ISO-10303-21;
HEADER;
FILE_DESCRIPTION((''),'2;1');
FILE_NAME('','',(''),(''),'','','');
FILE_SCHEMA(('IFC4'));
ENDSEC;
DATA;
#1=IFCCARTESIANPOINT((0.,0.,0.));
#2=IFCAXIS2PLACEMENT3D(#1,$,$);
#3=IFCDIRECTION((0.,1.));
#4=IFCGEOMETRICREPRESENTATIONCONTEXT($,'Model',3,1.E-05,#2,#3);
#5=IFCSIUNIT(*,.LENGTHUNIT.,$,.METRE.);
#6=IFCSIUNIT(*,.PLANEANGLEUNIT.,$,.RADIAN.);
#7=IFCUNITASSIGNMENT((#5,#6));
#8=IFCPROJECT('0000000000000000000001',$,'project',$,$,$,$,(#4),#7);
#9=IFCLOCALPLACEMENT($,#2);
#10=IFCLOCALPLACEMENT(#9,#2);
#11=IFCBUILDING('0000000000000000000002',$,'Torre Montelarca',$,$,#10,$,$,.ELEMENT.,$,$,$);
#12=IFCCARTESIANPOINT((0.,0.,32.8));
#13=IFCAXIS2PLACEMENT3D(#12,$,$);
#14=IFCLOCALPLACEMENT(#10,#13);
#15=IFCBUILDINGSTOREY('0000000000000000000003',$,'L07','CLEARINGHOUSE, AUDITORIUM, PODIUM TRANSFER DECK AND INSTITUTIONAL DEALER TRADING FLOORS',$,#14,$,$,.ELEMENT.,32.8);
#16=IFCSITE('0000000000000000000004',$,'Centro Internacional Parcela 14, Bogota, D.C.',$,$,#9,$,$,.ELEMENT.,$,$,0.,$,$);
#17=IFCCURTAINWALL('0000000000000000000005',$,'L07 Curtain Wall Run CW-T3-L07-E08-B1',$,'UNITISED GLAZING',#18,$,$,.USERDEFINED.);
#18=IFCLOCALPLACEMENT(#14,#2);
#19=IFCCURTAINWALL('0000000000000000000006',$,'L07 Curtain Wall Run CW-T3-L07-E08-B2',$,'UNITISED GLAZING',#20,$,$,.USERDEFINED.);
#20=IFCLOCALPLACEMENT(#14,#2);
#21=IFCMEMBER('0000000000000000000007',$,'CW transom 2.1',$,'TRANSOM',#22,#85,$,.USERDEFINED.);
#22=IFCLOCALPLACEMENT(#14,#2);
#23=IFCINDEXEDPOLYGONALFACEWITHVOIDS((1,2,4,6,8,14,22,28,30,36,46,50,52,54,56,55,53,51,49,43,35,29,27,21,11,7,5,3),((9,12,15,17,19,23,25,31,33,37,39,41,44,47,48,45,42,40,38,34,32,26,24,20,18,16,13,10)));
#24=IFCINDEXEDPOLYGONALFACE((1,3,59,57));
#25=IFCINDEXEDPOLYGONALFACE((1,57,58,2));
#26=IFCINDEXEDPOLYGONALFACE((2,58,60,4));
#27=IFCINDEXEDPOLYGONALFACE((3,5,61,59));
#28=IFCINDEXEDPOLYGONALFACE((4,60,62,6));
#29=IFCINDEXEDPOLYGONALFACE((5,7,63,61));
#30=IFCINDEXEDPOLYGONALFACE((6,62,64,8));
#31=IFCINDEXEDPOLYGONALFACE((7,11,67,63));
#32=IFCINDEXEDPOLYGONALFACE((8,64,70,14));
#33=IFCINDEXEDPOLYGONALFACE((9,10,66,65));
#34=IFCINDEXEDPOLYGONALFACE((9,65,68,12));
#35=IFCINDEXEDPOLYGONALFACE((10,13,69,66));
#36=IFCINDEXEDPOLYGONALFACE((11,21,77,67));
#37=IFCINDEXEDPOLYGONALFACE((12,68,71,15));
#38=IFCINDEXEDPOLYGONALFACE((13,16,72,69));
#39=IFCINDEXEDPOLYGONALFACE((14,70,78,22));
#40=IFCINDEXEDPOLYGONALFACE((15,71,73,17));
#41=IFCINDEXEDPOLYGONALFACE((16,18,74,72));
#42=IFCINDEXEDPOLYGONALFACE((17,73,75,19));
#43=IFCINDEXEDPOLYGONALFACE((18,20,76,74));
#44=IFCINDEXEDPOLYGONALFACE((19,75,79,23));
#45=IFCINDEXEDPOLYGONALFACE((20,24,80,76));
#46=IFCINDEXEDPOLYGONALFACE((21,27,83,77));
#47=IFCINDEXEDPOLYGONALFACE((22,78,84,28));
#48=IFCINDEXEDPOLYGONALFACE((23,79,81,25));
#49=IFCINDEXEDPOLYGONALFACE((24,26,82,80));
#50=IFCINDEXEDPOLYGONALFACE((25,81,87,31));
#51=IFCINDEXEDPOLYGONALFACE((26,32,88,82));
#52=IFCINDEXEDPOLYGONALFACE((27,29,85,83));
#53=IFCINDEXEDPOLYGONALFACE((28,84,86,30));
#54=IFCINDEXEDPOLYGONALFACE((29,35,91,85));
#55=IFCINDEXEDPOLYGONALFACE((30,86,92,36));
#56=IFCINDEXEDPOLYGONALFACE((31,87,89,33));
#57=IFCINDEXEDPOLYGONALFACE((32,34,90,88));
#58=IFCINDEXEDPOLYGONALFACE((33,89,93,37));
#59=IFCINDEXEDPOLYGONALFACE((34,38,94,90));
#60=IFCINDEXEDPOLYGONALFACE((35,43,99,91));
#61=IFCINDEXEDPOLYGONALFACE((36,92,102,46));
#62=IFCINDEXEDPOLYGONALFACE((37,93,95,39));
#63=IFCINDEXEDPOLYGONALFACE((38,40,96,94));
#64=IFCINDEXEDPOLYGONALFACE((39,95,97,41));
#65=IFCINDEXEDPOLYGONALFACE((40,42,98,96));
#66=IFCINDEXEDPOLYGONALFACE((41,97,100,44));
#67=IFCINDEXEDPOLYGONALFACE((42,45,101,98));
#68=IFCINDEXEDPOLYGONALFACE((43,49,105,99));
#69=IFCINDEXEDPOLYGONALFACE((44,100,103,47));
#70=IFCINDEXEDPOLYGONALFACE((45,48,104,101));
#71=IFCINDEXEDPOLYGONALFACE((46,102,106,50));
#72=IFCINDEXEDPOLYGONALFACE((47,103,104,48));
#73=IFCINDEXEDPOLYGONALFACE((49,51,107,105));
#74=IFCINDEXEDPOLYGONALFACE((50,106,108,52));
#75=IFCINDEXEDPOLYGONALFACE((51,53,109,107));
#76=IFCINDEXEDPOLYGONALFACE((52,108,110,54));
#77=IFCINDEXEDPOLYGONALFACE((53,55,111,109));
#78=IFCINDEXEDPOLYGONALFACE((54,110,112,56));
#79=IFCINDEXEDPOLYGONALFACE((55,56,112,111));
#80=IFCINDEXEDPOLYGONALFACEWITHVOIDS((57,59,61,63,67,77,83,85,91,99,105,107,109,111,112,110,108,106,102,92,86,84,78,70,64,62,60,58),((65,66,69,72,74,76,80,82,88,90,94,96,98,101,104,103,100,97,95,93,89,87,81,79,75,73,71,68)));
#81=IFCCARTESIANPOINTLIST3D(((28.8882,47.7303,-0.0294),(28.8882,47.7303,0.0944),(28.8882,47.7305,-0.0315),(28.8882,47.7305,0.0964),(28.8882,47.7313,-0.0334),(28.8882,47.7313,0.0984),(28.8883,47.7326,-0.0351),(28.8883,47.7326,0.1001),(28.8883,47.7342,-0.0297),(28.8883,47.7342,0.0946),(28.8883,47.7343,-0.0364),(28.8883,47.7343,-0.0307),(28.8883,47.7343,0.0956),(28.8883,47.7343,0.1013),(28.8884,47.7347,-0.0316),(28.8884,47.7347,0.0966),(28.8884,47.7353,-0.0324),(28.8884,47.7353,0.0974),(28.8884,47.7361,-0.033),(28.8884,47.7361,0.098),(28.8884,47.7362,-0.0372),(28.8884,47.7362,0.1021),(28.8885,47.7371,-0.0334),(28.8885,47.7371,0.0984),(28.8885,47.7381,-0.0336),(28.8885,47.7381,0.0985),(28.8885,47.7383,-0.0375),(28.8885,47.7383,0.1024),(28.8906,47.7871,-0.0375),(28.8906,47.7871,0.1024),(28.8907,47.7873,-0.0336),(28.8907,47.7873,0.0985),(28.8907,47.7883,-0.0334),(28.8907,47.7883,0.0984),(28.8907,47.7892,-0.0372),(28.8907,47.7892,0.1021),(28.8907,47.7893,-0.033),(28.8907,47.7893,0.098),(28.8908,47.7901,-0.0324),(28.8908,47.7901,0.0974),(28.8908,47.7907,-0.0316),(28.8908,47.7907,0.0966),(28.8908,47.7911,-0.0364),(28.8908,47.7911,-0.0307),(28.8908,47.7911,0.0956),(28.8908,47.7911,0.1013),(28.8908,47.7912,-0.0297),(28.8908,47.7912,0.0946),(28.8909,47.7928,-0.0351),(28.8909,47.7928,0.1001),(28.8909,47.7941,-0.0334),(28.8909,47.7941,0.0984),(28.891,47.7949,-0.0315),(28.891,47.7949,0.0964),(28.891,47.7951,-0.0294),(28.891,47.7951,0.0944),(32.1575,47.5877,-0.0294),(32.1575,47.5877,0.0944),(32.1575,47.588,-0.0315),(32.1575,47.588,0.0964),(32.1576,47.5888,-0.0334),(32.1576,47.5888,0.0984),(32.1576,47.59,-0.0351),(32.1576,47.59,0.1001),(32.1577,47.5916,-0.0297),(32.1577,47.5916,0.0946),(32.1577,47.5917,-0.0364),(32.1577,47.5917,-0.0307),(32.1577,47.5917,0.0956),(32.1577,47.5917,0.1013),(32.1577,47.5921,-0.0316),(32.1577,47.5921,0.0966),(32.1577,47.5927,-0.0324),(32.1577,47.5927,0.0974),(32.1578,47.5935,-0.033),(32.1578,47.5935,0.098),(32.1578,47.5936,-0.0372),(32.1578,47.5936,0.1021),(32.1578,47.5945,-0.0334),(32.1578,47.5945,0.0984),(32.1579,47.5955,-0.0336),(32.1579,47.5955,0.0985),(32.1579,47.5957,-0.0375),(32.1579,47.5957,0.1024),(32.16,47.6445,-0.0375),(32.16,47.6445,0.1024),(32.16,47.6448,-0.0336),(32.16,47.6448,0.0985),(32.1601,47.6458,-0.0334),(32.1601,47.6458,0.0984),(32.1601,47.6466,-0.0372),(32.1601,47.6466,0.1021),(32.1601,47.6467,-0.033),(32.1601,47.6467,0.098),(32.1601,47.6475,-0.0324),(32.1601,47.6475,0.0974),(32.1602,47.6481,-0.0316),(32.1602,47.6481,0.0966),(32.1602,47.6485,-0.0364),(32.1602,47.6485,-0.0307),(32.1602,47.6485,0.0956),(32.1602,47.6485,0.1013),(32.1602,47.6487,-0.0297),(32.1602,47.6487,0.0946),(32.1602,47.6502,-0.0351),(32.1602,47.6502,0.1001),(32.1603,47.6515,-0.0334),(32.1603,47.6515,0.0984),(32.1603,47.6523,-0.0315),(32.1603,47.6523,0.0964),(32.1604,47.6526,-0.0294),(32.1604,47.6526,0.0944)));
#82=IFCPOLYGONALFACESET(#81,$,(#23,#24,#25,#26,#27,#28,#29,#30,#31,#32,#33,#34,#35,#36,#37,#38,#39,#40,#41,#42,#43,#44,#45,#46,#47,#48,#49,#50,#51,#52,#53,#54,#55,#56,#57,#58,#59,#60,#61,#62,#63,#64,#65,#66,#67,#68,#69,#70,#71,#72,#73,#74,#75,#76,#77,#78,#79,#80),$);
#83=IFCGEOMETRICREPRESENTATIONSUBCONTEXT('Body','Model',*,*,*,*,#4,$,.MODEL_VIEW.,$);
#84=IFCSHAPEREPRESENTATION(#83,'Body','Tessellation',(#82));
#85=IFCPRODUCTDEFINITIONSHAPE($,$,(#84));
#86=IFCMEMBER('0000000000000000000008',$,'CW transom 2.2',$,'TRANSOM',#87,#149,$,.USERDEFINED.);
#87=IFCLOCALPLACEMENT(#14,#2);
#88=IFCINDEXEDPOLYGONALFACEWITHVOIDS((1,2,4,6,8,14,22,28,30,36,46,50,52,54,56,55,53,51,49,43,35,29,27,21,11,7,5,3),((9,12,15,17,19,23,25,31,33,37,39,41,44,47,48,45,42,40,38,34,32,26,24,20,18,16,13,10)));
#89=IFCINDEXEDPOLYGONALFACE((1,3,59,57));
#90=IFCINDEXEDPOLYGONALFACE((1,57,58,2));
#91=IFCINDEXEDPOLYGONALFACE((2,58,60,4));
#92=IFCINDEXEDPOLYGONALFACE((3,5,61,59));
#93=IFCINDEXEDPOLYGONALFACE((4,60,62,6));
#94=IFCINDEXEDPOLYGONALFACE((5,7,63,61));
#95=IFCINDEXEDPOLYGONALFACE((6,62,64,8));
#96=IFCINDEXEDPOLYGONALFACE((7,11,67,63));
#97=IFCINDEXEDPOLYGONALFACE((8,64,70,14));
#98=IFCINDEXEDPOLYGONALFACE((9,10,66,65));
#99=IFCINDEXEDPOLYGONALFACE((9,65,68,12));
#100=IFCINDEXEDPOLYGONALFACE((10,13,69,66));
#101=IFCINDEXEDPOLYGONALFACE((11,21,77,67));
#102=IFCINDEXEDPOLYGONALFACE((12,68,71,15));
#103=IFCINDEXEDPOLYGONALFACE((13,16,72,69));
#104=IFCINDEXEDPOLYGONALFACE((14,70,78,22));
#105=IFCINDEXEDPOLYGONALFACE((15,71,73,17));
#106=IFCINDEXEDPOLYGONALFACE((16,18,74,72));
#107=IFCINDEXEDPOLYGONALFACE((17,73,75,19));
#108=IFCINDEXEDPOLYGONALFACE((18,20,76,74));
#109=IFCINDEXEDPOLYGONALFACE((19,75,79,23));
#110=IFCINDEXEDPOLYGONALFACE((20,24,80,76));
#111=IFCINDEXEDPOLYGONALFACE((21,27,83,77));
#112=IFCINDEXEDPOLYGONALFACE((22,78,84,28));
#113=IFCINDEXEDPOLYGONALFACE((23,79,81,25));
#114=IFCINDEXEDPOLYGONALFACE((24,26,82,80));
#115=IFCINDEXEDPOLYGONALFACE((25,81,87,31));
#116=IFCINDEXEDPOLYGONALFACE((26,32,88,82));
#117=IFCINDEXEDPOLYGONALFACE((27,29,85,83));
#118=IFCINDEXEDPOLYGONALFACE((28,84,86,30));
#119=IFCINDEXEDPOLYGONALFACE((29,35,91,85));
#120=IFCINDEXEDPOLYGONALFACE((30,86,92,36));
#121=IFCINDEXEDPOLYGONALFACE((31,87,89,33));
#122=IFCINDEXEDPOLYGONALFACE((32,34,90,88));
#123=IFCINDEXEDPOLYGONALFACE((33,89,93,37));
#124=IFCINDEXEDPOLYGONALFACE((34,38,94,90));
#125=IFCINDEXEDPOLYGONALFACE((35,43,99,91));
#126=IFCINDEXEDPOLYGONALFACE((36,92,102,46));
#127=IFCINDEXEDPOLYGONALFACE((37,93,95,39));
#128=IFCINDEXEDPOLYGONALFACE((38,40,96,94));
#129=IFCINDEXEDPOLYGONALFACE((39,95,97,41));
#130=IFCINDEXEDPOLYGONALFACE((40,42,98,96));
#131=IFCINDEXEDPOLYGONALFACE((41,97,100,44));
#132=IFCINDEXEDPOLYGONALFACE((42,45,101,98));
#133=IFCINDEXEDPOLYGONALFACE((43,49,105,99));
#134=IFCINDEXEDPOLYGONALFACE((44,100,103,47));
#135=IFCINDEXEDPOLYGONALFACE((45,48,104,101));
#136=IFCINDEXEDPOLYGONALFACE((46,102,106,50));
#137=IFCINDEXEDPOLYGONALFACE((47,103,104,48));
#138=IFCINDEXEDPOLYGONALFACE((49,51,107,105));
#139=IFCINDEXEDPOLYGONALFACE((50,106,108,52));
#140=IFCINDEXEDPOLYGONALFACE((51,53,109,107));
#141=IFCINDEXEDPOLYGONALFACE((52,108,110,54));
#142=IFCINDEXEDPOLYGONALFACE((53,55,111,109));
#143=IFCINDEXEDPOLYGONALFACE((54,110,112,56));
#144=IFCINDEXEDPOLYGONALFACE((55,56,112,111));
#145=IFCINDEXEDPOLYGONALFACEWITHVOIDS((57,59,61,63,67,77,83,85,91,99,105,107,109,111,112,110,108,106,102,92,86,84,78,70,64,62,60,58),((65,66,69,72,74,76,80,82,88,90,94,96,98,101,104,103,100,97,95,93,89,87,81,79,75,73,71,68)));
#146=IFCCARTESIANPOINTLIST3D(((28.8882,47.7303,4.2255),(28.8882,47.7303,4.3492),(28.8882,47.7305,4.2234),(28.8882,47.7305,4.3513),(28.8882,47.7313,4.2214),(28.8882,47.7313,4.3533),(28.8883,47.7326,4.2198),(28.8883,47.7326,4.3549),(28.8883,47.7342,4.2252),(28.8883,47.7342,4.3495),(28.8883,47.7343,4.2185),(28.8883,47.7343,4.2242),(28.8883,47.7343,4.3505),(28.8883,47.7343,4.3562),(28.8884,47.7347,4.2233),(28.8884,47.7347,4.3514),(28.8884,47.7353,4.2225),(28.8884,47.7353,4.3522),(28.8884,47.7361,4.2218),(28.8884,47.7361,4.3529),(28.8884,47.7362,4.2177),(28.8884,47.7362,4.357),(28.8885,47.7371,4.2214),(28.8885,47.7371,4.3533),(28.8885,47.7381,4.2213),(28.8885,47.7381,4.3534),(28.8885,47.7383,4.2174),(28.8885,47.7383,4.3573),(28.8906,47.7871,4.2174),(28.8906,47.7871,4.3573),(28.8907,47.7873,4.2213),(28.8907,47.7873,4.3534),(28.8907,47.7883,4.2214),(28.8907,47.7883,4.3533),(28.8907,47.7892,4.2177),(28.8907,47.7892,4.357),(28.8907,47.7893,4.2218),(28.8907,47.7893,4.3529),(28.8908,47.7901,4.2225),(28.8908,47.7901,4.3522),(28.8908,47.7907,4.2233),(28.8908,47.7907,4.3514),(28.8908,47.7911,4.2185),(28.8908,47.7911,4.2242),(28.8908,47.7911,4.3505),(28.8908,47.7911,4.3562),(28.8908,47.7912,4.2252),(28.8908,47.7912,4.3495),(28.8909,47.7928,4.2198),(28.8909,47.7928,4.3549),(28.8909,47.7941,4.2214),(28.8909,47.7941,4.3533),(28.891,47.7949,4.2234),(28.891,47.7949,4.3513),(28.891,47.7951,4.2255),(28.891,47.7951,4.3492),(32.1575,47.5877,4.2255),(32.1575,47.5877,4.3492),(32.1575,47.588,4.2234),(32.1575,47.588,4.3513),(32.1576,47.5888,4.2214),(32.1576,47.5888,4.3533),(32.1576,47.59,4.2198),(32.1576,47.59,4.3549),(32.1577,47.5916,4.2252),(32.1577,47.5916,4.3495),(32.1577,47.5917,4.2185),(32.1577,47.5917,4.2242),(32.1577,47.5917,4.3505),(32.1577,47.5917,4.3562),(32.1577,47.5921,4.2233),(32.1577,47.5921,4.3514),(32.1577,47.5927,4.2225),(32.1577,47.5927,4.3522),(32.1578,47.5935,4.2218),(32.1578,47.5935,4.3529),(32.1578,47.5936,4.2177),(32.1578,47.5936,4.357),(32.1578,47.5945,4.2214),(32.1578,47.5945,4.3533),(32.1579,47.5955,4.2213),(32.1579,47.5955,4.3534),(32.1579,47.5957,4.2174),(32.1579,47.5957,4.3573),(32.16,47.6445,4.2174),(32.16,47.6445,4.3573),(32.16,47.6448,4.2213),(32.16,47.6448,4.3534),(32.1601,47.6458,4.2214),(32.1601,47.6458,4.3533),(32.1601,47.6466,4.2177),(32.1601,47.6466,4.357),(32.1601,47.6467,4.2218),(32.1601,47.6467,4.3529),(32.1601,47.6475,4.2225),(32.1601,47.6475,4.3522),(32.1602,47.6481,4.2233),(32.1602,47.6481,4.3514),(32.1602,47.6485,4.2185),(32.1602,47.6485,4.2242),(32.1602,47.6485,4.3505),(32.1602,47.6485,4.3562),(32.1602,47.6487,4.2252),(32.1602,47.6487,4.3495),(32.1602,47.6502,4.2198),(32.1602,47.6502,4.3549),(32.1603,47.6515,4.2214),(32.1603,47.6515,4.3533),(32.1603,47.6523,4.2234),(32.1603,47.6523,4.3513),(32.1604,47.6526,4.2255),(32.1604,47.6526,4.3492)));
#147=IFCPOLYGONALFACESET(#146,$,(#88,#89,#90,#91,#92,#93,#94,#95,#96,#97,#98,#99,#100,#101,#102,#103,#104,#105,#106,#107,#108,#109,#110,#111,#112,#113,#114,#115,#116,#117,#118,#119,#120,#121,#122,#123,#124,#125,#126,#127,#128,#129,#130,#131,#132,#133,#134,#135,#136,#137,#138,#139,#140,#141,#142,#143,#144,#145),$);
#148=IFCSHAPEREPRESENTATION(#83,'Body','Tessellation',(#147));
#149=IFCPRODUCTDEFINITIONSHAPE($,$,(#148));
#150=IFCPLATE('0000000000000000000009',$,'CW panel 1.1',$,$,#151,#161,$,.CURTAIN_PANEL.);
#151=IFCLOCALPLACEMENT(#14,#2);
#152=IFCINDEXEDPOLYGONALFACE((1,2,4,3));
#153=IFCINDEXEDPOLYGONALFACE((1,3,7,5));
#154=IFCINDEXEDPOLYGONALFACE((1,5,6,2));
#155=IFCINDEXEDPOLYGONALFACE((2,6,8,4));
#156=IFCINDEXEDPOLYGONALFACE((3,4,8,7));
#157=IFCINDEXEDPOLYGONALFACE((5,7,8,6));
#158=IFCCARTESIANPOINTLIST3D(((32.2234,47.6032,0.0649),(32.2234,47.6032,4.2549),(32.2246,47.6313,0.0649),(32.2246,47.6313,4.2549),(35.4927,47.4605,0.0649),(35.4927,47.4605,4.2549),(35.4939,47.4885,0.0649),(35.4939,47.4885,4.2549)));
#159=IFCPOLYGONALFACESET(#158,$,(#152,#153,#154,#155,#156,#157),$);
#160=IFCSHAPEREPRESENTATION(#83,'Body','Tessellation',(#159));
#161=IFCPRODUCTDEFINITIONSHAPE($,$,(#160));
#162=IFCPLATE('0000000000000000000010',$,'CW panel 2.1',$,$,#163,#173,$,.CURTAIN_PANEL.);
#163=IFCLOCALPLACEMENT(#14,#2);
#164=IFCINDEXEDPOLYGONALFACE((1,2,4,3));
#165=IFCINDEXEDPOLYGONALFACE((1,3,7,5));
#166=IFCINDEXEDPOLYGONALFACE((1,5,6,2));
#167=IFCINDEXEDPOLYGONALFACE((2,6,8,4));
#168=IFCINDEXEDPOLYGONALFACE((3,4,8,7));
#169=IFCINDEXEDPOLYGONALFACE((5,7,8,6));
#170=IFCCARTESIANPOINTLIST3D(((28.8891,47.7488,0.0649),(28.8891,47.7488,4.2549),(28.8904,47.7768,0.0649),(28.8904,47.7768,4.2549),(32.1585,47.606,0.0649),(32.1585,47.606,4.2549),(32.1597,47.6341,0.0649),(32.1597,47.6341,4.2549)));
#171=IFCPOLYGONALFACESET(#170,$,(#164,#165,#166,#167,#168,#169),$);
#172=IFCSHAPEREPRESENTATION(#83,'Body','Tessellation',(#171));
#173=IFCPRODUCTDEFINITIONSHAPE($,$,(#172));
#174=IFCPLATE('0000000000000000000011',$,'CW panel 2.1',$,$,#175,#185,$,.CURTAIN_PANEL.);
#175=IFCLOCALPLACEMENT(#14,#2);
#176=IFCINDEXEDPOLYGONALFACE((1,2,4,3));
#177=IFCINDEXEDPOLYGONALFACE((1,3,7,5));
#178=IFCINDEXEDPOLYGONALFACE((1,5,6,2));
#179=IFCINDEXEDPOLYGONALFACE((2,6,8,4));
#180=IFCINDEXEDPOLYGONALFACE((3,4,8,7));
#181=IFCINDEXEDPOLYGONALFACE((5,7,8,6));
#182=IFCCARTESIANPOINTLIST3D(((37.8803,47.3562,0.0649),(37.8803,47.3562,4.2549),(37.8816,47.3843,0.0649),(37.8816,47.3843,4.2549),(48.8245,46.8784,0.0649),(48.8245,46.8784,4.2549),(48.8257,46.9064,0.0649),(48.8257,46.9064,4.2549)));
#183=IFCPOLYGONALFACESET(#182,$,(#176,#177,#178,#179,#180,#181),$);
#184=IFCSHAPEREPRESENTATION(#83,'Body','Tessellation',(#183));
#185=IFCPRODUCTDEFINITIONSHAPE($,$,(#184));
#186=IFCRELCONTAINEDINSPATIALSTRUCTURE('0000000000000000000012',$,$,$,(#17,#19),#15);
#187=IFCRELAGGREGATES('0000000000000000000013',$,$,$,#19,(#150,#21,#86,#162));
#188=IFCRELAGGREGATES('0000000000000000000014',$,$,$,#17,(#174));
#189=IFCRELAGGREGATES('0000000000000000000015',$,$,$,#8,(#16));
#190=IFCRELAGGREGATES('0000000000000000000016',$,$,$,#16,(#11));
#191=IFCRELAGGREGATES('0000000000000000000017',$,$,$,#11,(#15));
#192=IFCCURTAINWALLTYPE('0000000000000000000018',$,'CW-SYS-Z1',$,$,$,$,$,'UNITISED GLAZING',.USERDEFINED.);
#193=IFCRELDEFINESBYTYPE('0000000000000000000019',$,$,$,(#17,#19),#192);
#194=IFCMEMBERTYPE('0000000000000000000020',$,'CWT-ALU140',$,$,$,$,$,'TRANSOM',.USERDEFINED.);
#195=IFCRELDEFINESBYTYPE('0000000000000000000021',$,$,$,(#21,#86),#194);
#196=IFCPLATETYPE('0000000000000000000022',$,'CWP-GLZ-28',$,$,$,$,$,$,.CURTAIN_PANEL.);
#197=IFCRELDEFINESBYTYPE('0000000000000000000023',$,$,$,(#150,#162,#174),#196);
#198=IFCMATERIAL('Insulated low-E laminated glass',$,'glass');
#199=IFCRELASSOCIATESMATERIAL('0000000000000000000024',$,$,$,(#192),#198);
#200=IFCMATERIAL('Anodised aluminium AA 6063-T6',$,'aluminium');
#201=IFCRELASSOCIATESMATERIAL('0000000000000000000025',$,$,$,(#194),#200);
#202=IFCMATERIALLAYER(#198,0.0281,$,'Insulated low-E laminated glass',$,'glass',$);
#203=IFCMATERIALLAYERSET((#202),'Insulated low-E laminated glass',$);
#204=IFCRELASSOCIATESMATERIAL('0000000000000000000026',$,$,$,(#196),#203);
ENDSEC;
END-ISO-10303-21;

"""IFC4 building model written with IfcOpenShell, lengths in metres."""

from ifc_helpers import new_model, si_unit, direction, frame, origin, origin_2d, place, context, subcontext, project, spatial, rectangle, hollow_rectangle, extrude, source, transform, mapped, material, layer, layer_set, material_profile, profile_set, type_object, element, aggregate, save


model = new_model("IFC4")

# Units and contexts
model_context = context("Model", 3, precision=1e-05, world=origin(), true_north=direction((0.0, 1.0)))
body_context = subcontext(model_context, "Body", "Model", "MODEL_VIEW")
ifc_project = project(units=[si_unit("LENGTHUNIT", "METRE"), si_unit("PLANEANGLEUNIT", "RADIAN")], contexts=[model_context])

# Site, building, storey
site_placement = place(None, origin())
site = spatial("IfcSite", under=ifc_project, at=site_placement, Name="Centro Internacional Parcela 14, Bogota, D.C.", CompositionType="ELEMENT", RefElevation=0.0)
building_placement = place(site_placement, origin())
building = spatial("IfcBuilding", under=site, at=building_placement, Name="Torre Montelarca", CompositionType="ELEMENT")
storey_placement = place(building_placement, frame((0.0, 0.0, 32.8)))
storey = spatial("IfcBuildingStorey", under=building, at=storey_placement, Name="L07", Description="CLEARINGHOUSE, AUDITORIUM, PODIUM TRANSFER DECK AND INSTITUTIONAL DEALER TRADING FLOORS", CompositionType="ELEMENT", Elevation=32.8)

# Curtain wall
ifc_material_1 = material(Name="Insulated low-E laminated glass", Category="glass")
curtain_wall_type = type_object("IfcCurtainWallType", Name="CW-SYS-Z1", ElementType="UNITISED GLAZING", PredefinedType="USERDEFINED", material=ifc_material_1)
curtain_wall_1_placement = place(storey_placement, origin())
curtain_wall_1 = element("IfcCurtainWall", 1, at=curtain_wall_1_placement, inside=storey, type_object=curtain_wall_type, Name="L07 Curtain Wall Run CW-T3-L07-E08-B1", ObjectType="UNITISED GLAZING", PredefinedType="USERDEFINED")
ifc_material_2 = material(Name="Anodised aluminium AA 6063-T6", Category="aluminium")

# Curtain wall, members, plates
curtain_wall_2_placement = place(storey_placement, origin())
curtain_wall_2 = element("IfcCurtainWall", 2, at=curtain_wall_2_placement, inside=storey, type_object=curtain_wall_type, Name="L07 Curtain Wall Run CW-T3-L07-E08-B2", ObjectType="UNITISED GLAZING", PredefinedType="USERDEFINED")
ifc_material_profile_1 = material_profile(ifc_material_2, hollow_rectangle(XDim=0.0649, YDim=0.1399, WallThickness=0.0039, InnerFilletRadius=0.0039, OuterFilletRadius=0.0081, at=origin_2d()), Name="ALU65X140X4", Category="aluminium")
ifc_profile_set_1 = profile_set([ifc_material_profile_1], Name="Anodised aluminium AA 6063-T6")
member_type_1 = type_object("IfcMemberType", Name="CWT-ALU140", ElementType="TRANSOM", PredefinedType="USERDEFINED", material=ifc_profile_set_1)
shared_shape_1 = source(origin(), body_context, "Body", "SweptSolid", [
    extrude(hollow_rectangle(XDim=0.0649, YDim=0.1399, WallThickness=0.0039, InnerFilletRadius=0.0039, OuterFilletRadius=0.0081, at=origin_2d()), origin(), (0.0, 0.0, 1.0), 3.2725),
])
member_1_placement = place(storey_placement, frame((32.1589, 47.6201, 0.0325), z_axis=(-0.99905, 0.04357, 0.0), x_axis=(-0.04357, -0.99905, 0.0)))
member_1 = element("IfcMember", 3, at=member_1_placement, type_object=member_type_1, Name="CW transom 2.1", ObjectType="TRANSOM", PredefinedType="USERDEFINED", context=body_context, shape_type="MappedRepresentation", body=[
    mapped(shared_shape_1, transform((0.0, 0.0, 0.0), scale=1.0)),
])
member_2_placement = place(storey_placement, frame((32.1589, 47.6201, 4.2874), z_axis=(-0.99905, 0.04357, 0.0), x_axis=(-0.04357, -0.99905, 0.0)))
member_2 = element("IfcMember", 4, at=member_2_placement, type_object=member_type_1, Name="CW transom 2.2", ObjectType="TRANSOM", PredefinedType="USERDEFINED", context=body_context, shape_type="MappedRepresentation", body=[
    mapped(shared_shape_1, transform((0.0, 0.0, 0.0), scale=1.0)),
])
ifc_layer_1 = layer(ifc_material_1, 0.0281, Name="Insulated low-E laminated glass", Category="glass")
ifc_layer_set_1 = layer_set([ifc_layer_1], Name="Insulated low-E laminated glass")
plate_type = type_object("IfcPlateType", Name="CWP-GLZ-28", PredefinedType="CURTAIN_PANEL", material=ifc_layer_set_1)
shared_shape_2 = source(origin(), body_context, "Body", "SweptSolid", [
    extrude(rectangle(XDim=3.2725, YDim=0.0281, at=origin_2d()), origin(), (0.0, 0.0, 1.0), 4.1899),
])
plate_1_placement = place(storey_placement, frame((33.8586, 47.5459, 0.0649), z_axis=(0.0, 0.0, 1.0), x_axis=(-0.999048, 0.043621, 0.0)))
plate_1 = element("IfcPlate", 5, at=plate_1_placement, type_object=plate_type, Name="CW panel 1.1", PredefinedType="CURTAIN_PANEL", context=body_context, shape_type="MappedRepresentation", body=[
    mapped(shared_shape_2, transform((0.0, 0.0, 0.0), scale=1.0)),
])
plate_2_placement = place(storey_placement, frame((30.5244, 47.6914, 0.0649), z_axis=(0.0, 0.0, 1.0), x_axis=(-0.999048, 0.043621, 0.0)))
plate_2 = element("IfcPlate", 6, at=plate_2_placement, type_object=plate_type, Name="CW panel 2.1", PredefinedType="CURTAIN_PANEL", context=body_context, shape_type="MappedRepresentation", body=[
    mapped(shared_shape_2, transform((0.0, 0.0, 0.0), scale=1.0)),
])
aggregate(curtain_wall_2, [plate_1, member_1, member_2, plate_2])

# Plate
shared_shape_3 = source(origin(), body_context, "Body", "SweptSolid", [
    extrude(rectangle(XDim=10.9546, YDim=0.0281, at=origin_2d()), origin(), (0.0, 0.0, 1.0), 4.1899),
])
plate_3_placement = place(storey_placement, frame((43.353, 47.1313, 0.0649), z_axis=(0.0, 0.0, 1.0), x_axis=(-0.999048, 0.043621, 0.0)))
plate_3 = element("IfcPlate", 7, at=plate_3_placement, type_object=plate_type, Name="CW panel 2.1", PredefinedType="CURTAIN_PANEL", context=body_context, shape_type="MappedRepresentation", body=[
    mapped(shared_shape_3, transform((0.0, 0.0, 0.0), scale=1.0)),
])
aggregate(curtain_wall_1, [plate_3])

save(model, "model.ifc")
